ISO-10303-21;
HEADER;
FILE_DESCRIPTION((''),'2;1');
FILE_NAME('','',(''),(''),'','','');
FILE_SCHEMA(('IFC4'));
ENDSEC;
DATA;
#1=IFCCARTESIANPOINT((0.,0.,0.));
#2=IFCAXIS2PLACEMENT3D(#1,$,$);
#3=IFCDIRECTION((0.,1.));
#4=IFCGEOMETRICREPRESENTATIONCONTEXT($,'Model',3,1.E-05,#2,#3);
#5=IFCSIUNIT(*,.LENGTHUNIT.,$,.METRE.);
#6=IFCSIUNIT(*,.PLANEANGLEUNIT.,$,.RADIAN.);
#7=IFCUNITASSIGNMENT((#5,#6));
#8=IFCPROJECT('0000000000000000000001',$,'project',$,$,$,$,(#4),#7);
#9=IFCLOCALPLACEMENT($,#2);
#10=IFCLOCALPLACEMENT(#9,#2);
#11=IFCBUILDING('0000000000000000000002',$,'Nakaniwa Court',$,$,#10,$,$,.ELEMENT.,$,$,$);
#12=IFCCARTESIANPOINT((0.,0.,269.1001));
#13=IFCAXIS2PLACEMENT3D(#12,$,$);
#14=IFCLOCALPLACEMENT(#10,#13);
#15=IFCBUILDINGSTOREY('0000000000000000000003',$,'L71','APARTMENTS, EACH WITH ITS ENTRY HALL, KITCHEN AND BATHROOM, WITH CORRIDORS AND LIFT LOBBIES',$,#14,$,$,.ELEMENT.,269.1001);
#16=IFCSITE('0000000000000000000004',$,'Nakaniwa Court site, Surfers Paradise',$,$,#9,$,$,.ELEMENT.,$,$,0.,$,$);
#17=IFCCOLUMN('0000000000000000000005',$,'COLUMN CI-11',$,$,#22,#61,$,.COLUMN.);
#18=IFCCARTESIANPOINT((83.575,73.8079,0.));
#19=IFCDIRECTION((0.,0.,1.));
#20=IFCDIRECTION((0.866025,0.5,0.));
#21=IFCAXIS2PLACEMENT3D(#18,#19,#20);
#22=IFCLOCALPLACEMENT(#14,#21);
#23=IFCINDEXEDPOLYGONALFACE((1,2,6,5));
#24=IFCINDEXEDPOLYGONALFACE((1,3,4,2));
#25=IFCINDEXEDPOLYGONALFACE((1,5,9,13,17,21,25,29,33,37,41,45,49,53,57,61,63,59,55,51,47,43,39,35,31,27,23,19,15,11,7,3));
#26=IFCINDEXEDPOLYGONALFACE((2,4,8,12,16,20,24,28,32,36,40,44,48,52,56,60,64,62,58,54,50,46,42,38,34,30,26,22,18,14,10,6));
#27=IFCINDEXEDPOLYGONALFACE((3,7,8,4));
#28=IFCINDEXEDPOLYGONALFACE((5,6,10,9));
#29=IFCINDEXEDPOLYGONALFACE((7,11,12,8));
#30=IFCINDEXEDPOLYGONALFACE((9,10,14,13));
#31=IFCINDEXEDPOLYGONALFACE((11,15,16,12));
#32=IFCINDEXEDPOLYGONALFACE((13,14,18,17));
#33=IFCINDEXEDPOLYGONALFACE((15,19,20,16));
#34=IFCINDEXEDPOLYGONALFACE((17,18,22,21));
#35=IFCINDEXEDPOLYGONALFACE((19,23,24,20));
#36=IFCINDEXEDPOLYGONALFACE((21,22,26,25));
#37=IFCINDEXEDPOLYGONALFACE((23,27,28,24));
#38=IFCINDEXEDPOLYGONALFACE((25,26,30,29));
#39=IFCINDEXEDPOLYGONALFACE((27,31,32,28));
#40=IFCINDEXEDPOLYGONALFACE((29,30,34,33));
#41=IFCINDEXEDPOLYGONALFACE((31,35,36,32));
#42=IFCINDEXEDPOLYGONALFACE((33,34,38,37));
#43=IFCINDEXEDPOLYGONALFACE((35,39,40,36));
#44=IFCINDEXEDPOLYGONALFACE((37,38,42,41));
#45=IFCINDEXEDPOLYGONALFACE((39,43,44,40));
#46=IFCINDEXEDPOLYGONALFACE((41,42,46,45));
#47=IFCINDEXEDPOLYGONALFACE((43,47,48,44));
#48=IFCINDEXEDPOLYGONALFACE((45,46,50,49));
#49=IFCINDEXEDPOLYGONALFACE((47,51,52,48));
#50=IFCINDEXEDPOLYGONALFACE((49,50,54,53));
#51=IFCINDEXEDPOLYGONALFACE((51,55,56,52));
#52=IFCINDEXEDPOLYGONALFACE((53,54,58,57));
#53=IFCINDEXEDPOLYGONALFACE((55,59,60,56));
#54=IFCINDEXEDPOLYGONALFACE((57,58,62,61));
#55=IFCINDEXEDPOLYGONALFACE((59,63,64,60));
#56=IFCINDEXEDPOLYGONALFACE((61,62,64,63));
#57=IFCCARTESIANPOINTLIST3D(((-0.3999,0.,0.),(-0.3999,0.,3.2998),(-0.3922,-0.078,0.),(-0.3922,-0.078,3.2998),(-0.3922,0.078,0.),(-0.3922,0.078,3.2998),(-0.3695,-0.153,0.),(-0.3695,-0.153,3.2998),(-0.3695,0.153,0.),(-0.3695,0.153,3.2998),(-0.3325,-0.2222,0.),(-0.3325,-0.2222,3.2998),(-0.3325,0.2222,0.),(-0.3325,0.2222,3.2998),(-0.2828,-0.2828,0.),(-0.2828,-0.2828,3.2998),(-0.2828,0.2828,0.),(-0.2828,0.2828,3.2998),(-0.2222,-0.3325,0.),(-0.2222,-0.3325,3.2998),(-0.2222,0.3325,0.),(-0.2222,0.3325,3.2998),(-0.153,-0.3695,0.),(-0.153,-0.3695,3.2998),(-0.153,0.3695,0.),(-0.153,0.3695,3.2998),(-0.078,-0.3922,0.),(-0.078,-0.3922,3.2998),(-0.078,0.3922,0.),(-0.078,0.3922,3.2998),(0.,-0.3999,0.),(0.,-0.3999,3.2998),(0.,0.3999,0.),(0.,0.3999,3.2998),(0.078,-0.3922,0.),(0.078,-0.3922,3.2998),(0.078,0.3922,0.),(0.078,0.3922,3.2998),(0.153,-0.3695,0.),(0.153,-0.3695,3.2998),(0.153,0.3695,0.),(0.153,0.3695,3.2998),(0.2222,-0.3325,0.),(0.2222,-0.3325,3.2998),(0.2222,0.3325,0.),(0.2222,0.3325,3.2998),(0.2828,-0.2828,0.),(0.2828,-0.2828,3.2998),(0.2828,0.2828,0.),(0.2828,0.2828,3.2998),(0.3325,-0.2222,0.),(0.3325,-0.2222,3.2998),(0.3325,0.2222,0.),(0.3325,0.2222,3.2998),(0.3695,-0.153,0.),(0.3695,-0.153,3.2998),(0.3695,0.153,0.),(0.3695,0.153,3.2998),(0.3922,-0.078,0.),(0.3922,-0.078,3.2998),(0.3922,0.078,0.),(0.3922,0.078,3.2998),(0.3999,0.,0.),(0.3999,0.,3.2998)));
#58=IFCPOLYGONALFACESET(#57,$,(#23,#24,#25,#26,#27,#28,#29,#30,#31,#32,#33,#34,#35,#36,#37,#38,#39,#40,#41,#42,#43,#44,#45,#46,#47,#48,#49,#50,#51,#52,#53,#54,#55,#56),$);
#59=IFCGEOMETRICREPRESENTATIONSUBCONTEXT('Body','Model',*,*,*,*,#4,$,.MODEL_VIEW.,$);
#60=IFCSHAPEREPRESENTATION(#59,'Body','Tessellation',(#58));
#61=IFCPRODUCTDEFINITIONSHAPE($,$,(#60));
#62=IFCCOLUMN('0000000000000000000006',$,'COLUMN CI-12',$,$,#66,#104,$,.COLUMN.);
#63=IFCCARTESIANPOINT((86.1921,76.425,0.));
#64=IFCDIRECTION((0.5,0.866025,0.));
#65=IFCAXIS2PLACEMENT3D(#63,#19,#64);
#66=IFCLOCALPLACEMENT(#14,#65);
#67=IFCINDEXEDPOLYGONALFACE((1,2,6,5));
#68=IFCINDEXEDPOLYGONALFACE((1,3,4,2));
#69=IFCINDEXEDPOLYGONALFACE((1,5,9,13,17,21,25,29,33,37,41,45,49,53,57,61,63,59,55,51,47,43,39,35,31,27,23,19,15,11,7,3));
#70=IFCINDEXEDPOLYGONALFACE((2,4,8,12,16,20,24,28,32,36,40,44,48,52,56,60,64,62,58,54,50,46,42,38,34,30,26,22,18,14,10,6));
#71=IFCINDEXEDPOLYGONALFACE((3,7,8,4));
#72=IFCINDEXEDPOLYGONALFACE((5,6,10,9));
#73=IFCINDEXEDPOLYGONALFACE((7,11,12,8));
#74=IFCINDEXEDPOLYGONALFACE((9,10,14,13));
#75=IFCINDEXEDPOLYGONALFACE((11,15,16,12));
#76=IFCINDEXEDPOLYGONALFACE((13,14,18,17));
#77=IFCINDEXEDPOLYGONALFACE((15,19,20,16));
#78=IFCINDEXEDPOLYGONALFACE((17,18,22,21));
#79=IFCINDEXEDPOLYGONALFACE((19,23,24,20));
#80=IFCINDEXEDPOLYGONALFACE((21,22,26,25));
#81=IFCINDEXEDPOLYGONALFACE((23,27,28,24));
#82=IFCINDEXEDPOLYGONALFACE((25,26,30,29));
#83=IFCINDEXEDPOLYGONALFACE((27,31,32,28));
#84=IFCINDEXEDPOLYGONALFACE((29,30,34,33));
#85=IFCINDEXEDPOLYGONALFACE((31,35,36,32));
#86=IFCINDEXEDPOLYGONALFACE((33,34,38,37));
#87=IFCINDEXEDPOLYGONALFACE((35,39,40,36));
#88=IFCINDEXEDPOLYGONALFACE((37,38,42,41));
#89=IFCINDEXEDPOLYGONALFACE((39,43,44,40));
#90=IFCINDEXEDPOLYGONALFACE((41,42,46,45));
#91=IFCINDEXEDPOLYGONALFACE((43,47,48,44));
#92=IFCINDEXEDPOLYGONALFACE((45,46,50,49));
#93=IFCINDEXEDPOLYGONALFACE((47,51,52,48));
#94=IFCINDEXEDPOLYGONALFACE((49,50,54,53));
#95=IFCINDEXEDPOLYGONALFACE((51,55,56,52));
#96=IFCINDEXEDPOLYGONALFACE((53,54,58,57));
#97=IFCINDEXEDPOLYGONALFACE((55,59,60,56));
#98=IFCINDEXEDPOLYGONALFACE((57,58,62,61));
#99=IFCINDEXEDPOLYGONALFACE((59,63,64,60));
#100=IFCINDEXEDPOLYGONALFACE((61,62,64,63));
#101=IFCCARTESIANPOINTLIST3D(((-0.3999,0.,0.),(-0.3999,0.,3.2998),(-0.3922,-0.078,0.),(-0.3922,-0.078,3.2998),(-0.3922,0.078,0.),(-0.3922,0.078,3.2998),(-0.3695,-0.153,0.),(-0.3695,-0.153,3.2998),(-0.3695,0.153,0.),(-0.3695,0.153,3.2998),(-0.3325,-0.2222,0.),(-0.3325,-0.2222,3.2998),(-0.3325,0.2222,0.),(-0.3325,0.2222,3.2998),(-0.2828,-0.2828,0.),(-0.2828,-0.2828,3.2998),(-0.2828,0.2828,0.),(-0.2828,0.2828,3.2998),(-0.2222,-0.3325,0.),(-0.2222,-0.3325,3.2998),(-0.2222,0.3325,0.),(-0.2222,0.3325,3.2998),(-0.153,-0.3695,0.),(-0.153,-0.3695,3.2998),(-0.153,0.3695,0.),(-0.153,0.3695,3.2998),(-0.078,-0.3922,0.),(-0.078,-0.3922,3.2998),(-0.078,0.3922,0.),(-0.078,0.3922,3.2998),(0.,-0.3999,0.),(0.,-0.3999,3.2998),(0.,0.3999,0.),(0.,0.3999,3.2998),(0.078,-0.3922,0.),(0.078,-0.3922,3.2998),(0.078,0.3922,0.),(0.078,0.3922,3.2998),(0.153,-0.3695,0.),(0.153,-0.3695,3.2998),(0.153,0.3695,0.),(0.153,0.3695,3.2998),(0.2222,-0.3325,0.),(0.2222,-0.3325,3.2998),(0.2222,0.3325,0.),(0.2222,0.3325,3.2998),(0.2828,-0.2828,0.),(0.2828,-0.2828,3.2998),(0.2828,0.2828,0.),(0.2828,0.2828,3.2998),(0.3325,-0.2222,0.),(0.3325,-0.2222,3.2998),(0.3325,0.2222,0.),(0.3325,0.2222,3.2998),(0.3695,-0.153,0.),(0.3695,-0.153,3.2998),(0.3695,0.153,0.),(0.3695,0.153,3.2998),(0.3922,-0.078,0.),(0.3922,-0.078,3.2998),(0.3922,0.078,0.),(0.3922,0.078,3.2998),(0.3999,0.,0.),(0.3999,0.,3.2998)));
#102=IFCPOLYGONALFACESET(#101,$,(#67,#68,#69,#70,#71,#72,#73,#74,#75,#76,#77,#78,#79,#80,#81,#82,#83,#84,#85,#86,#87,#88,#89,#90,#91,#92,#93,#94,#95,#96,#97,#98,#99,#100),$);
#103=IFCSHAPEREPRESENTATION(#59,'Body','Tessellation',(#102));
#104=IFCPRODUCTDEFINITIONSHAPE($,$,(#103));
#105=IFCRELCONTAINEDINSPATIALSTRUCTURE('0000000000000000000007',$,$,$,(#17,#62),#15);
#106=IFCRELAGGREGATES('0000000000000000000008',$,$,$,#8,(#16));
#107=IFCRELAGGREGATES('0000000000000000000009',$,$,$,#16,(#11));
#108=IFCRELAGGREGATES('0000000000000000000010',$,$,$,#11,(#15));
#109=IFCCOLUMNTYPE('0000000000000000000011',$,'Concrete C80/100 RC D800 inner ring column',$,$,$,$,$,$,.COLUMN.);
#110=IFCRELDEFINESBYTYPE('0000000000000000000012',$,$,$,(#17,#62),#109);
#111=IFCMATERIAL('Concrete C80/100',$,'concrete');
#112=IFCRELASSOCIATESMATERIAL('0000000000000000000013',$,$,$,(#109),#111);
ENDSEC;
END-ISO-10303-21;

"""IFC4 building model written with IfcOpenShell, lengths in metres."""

from ifc_helpers import new_model, si_unit, direction, frame, origin, origin_2d, place, context, subcontext, project, spatial, circle, extrude, material, material_profile, profile_set, type_object, element, save


model = new_model("IFC4")

# Units and contexts
model_context = context("Model", 3, precision=1e-05, world=origin(), true_north=direction((0.0, 1.0)))
body_context = subcontext(model_context, "Body", "Model", "MODEL_VIEW")
ifc_project = project(units=[si_unit("LENGTHUNIT", "METRE"), si_unit("PLANEANGLEUNIT", "RADIAN")], contexts=[model_context])

# Site, building, storey
site_placement = place(None, origin())
site = spatial("IfcSite", under=ifc_project, at=site_placement, Name="Nakaniwa Court site, Surfers Paradise", CompositionType="ELEMENT", RefElevation=0.0)
building_placement = place(site_placement, origin())
building = spatial("IfcBuilding", under=site, at=building_placement, Name="Nakaniwa Court", CompositionType="ELEMENT")
storey_placement = place(building_placement, frame((0.0, 0.0, 269.1001)))
storey = spatial("IfcBuildingStorey", under=building, at=storey_placement, Name="L71", Description="APARTMENTS, EACH WITH ITS ENTRY HALL, KITCHEN AND BATHROOM, WITH CORRIDORS AND LIFT LOBBIES", CompositionType="ELEMENT", Elevation=269.1001)

# Columns
ifc_material_1 = material(Name="Concrete C80/100", Category="concrete")
ifc_material_profile_1 = material_profile(ifc_material_1, circle(Radius=0.3999, at=origin_2d()), Name="Concrete C80/100 RC D800 inner ring column")
ifc_profile_set_1 = profile_set([ifc_material_profile_1], Name="Concrete C80/100")
column_type = type_object("IfcColumnType", Name="Concrete C80/100 RC D800 inner ring column", PredefinedType="COLUMN", material=ifc_profile_set_1)
for number, where, z_axis, x_axis, name in (
    (1, (83.575, 73.8079, 0.0), (0.0, 0.0, 1.0), (0.866025, 0.5, 0.0), "COLUMN CI-11"),
    (2, (86.1921, 76.425, 0.0), (0.0, 0.0, 1.0), (0.5, 0.866025, 0.0), "COLUMN CI-12"),
):
    element("IfcColumn", number, at=place(storey_placement, frame(where, z_axis=z_axis, x_axis=x_axis)), inside=storey, type_object=column_type, Name=name, PredefinedType="COLUMN", context=body_context, shape_type="SweptSolid", body=[
        extrude(circle(Radius=0.3999, at=origin_2d()), origin(), (0.0, 0.0, 1.0), 3.2998),
    ])

save(model, "model.ifc")
